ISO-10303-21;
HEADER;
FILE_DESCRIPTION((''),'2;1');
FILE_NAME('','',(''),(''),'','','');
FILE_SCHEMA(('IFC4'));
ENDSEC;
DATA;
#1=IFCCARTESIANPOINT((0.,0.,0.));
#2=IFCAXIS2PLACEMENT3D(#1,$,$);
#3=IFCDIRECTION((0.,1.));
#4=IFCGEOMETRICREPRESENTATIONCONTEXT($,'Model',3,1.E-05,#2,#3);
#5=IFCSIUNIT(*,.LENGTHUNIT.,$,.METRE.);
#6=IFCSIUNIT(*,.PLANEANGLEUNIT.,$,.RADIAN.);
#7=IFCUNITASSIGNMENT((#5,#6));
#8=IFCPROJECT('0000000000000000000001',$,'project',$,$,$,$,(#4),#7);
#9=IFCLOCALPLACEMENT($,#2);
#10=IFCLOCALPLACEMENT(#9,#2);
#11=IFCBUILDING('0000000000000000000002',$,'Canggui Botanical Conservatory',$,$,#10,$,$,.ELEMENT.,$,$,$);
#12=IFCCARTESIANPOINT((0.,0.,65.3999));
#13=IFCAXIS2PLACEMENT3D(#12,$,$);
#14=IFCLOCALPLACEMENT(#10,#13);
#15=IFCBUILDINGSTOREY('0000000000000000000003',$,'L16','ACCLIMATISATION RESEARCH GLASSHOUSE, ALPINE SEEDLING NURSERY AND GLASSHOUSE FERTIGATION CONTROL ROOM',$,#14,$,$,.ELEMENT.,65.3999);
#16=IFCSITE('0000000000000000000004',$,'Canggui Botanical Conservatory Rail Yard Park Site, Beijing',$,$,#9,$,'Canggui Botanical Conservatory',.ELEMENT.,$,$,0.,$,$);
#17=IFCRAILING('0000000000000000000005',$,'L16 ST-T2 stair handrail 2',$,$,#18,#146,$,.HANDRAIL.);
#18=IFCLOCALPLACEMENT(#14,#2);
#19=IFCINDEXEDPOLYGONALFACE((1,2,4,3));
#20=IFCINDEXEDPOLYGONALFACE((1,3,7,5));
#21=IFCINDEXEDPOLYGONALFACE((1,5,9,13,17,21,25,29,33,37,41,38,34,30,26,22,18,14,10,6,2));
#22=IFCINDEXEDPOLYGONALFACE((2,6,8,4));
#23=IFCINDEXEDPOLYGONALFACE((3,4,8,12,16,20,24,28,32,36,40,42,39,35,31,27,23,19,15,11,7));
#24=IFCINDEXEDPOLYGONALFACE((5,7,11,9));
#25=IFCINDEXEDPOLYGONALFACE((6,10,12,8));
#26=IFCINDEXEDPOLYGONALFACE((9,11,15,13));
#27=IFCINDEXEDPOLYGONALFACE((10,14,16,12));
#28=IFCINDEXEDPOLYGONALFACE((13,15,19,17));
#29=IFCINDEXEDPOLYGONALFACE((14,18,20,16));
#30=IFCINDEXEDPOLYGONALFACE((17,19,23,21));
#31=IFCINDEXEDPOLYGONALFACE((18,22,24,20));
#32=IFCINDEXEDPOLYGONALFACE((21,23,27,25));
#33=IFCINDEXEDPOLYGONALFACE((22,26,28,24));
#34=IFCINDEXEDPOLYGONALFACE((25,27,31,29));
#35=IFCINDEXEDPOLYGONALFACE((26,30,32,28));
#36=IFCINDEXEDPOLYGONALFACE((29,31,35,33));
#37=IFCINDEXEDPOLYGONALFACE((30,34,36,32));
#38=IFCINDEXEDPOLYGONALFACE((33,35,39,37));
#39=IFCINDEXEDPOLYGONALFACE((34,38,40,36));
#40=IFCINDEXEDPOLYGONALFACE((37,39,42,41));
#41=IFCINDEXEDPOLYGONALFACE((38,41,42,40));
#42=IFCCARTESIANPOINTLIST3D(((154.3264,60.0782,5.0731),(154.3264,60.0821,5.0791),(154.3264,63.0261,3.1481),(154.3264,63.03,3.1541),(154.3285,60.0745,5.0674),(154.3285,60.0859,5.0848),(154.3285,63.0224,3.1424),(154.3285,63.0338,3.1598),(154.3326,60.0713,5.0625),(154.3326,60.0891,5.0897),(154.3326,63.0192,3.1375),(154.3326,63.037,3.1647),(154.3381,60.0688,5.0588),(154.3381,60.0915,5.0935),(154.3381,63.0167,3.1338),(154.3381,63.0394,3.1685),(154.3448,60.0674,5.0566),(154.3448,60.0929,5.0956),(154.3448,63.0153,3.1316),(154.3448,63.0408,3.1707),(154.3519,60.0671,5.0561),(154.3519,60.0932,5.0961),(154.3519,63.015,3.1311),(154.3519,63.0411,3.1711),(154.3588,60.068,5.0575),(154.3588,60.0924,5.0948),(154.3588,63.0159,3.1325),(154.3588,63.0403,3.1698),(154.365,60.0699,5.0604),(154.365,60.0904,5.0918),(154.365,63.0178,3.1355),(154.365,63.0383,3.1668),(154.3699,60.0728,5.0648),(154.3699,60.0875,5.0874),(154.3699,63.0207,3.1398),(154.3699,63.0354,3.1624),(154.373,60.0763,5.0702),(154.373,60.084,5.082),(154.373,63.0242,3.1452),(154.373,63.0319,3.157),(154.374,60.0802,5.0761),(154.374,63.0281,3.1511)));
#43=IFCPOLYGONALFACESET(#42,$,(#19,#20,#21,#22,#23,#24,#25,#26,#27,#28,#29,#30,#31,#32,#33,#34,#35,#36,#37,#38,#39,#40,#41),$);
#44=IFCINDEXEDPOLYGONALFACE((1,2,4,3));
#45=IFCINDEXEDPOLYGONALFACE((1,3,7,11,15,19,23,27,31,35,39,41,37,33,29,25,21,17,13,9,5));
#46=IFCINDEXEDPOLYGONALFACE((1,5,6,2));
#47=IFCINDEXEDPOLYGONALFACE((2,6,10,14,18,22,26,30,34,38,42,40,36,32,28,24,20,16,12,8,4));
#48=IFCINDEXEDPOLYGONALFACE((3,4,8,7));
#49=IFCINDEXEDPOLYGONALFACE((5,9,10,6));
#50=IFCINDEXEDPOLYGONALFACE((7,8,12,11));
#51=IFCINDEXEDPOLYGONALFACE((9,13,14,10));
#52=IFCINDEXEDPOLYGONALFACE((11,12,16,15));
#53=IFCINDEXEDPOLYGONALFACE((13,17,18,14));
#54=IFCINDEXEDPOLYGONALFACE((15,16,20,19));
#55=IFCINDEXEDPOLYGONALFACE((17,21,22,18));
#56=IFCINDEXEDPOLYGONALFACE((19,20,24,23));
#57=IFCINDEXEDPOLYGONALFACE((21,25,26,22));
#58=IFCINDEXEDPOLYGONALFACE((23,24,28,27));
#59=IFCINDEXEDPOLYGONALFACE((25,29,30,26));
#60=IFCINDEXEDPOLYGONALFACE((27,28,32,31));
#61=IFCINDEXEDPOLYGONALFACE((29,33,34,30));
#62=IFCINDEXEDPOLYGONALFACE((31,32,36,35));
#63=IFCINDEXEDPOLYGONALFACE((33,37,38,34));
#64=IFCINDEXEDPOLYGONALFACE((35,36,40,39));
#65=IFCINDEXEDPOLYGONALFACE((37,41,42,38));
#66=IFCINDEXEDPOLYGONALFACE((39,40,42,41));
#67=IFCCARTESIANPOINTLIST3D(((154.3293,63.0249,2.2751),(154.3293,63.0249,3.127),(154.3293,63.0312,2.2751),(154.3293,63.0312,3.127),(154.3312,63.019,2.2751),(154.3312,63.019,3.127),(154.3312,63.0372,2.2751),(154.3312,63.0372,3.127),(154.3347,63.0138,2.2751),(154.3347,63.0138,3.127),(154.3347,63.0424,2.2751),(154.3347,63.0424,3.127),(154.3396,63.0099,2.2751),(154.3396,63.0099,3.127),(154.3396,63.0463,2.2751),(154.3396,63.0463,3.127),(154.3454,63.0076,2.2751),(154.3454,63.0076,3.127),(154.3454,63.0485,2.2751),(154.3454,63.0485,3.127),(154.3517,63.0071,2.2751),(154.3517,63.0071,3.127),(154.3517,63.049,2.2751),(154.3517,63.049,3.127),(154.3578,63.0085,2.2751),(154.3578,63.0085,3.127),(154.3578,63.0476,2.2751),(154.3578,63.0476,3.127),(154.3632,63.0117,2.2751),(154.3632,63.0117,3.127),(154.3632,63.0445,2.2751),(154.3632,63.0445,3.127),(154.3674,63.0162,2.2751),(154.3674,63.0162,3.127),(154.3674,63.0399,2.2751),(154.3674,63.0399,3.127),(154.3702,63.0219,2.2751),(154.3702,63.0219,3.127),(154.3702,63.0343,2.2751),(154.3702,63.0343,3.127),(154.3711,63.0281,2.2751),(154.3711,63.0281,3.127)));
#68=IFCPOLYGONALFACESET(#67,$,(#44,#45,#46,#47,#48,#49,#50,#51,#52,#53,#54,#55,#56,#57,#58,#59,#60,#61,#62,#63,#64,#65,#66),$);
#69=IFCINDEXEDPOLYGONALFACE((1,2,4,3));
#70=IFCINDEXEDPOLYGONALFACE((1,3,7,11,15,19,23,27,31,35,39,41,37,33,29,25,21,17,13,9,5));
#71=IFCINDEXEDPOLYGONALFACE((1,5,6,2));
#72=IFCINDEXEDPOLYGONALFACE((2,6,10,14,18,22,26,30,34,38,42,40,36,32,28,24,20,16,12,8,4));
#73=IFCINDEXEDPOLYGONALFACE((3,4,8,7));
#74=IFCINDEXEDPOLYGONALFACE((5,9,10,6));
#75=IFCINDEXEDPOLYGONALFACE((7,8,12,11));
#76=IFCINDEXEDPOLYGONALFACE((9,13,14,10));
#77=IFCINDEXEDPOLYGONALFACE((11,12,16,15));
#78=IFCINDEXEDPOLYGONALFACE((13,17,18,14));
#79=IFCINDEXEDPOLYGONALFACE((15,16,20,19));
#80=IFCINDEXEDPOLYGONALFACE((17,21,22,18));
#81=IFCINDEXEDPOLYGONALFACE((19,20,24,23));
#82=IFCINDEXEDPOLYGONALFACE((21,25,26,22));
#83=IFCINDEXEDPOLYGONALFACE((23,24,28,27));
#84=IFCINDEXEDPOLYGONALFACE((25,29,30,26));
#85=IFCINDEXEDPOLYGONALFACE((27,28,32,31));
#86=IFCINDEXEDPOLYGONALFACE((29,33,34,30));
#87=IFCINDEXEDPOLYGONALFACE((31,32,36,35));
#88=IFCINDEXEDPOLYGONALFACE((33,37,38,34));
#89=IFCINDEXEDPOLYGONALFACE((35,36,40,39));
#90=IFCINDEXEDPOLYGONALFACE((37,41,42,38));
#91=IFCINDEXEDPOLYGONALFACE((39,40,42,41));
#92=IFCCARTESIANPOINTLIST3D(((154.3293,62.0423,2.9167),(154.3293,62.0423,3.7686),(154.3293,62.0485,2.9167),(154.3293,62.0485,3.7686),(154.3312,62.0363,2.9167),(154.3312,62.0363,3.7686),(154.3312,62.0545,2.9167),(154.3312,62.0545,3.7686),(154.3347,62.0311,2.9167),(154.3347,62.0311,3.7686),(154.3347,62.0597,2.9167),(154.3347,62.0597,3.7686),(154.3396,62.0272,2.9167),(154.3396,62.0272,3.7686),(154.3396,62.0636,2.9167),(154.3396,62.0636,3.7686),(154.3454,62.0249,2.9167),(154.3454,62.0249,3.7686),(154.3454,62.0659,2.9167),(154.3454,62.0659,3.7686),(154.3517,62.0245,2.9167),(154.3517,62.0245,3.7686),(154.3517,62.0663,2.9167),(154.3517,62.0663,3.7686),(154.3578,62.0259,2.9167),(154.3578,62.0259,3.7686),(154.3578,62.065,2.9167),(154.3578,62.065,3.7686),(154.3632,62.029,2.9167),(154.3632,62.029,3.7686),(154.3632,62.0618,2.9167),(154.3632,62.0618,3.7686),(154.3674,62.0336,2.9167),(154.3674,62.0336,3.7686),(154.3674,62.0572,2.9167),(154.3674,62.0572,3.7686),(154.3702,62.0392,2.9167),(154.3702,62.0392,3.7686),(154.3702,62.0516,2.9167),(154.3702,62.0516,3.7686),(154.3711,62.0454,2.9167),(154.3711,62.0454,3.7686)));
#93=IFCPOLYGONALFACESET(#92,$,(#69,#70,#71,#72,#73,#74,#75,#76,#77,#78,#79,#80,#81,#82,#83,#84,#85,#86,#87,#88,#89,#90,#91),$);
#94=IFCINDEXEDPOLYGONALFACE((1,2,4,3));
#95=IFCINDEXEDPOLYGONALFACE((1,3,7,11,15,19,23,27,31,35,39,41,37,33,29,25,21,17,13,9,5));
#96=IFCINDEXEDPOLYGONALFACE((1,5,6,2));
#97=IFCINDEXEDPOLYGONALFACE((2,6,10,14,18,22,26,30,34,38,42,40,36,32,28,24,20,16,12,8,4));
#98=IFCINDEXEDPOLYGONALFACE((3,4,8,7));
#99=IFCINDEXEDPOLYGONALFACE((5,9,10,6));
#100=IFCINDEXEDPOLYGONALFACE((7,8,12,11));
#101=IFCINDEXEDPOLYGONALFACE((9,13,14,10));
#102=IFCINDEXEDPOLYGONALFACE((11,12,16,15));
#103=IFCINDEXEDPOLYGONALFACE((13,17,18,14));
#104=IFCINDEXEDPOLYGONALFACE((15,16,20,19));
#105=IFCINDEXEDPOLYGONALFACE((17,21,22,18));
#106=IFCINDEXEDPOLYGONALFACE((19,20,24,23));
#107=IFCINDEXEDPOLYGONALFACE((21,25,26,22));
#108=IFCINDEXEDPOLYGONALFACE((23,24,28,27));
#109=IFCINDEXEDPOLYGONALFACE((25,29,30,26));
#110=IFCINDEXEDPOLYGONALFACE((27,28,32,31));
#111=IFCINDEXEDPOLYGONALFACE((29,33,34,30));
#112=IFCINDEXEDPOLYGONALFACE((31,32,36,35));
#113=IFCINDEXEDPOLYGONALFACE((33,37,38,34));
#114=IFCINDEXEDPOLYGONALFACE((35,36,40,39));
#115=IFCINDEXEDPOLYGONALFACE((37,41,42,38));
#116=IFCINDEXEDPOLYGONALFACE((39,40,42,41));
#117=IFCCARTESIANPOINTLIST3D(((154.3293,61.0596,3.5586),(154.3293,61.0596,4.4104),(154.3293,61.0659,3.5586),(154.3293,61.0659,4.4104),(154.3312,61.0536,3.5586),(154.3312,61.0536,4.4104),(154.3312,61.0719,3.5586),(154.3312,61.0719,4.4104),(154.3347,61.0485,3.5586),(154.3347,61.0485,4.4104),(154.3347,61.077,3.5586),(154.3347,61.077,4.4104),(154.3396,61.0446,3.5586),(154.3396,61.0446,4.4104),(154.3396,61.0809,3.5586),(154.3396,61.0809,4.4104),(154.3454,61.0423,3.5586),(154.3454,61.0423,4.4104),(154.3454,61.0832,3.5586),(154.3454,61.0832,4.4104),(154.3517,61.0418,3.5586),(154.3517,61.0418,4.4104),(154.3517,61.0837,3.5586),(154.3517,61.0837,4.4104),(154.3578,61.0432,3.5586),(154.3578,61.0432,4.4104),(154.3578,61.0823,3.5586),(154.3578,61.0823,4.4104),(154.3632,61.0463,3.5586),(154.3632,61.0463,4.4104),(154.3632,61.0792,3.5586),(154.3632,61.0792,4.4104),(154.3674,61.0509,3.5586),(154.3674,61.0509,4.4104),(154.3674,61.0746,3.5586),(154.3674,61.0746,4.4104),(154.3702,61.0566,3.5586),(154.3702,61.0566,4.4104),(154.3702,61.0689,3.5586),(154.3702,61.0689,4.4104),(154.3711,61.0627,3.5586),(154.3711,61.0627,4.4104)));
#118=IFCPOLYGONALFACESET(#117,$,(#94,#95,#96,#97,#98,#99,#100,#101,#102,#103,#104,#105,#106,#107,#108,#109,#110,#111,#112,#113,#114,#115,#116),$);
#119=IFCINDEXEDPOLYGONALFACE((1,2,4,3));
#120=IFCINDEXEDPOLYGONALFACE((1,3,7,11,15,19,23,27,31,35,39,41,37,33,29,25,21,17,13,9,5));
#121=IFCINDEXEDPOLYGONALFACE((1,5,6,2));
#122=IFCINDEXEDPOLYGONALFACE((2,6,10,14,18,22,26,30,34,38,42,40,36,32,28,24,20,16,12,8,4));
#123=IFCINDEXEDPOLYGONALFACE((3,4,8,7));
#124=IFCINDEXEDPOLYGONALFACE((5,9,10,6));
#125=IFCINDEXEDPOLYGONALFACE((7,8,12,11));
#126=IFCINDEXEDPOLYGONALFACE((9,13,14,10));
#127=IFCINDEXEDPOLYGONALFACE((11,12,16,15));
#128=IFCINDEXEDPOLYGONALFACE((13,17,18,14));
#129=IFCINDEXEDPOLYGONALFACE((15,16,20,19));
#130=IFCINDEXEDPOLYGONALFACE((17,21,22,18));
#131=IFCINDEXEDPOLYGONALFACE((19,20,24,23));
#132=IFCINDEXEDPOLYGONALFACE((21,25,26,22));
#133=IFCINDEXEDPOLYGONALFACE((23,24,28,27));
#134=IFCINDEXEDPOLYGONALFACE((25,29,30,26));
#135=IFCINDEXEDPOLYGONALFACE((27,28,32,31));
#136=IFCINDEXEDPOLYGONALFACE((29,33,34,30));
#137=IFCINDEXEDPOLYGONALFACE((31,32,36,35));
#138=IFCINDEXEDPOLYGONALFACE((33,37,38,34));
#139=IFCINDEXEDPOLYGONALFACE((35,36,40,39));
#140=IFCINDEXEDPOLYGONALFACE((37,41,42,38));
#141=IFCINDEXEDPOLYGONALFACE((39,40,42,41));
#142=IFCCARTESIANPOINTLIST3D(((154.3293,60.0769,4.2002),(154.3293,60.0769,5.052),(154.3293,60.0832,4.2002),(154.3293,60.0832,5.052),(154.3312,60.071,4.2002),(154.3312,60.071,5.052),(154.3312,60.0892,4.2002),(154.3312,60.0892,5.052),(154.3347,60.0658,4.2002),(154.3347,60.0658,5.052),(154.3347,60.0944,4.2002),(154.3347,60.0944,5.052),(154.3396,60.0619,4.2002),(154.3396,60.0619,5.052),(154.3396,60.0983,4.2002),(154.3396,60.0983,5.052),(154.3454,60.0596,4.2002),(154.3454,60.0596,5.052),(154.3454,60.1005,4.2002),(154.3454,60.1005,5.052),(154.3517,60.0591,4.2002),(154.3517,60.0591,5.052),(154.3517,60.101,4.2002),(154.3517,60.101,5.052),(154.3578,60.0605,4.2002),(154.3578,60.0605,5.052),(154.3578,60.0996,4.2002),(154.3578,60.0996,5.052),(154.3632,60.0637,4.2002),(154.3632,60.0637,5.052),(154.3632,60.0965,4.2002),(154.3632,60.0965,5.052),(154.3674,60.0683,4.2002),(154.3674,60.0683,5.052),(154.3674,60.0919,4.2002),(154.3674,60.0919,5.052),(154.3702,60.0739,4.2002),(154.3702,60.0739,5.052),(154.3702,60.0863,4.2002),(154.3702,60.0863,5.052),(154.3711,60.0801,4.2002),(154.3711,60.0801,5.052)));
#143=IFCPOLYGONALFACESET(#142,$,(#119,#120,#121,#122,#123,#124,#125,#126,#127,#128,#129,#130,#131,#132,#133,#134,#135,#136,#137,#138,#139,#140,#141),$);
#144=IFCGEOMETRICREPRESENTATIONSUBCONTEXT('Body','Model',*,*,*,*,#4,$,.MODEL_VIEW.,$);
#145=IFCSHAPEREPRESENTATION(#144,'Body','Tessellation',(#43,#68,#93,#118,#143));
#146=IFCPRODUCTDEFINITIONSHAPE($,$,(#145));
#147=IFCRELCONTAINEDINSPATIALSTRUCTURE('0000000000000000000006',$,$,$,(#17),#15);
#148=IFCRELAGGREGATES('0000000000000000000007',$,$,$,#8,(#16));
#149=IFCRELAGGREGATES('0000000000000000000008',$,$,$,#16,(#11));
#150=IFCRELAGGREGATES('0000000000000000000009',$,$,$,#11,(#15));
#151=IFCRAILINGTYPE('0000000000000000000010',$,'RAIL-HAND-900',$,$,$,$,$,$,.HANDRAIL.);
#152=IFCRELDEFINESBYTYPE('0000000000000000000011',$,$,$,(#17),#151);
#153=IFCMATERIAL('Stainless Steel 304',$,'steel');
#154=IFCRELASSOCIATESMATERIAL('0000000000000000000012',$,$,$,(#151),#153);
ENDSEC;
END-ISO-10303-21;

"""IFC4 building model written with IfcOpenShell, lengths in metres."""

from ifc_helpers import new_model, si_unit, direction, frame, origin, origin_2d, place, context, subcontext, project, spatial, circle, extrude, material, type_object, element, save


model = new_model("IFC4")

# Units and contexts
model_context = context("Model", 3, precision=1e-05, world=origin(), true_north=direction((0.0, 1.0)))
body_context = subcontext(model_context, "Body", "Model", "MODEL_VIEW")
ifc_project = project(units=[si_unit("LENGTHUNIT", "METRE"), si_unit("PLANEANGLEUNIT", "RADIAN")], contexts=[model_context])

# Site, building, storey
site_placement = place(None, origin())
site = spatial("IfcSite", under=ifc_project, at=site_placement, Name="Canggui Botanical Conservatory Rail Yard Park Site, Beijing", LongName="Canggui Botanical Conservatory", CompositionType="ELEMENT", RefElevation=0.0)
building_placement = place(site_placement, origin())
building = spatial("IfcBuilding", under=site, at=building_placement, Name="Canggui Botanical Conservatory", CompositionType="ELEMENT")
storey_placement = place(building_placement, frame((0.0, 0.0, 65.3999)))
storey = spatial("IfcBuildingStorey", under=building, at=storey_placement, Name="L16", Description="ACCLIMATISATION RESEARCH GLASSHOUSE, ALPINE SEEDLING NURSERY AND GLASSHOUSE FERTIGATION CONTROL ROOM", CompositionType="ELEMENT", Elevation=65.3999)

# Shared definitions
ifc_material_1 = material(Name="Stainless Steel 304", Category="steel")

# Railing
railing_type = type_object("IfcRailingType", Name="RAIL-HAND-900", PredefinedType="HANDRAIL", material=ifc_material_1)
railing_placement = place(storey_placement, frame((154.3501, 63.0281, 2.2751)))
element("IfcRailing", 1, at=railing_placement, inside=storey, type_object=railing_type, Name="L16 ST-T2 stair handrail 2", PredefinedType="HANDRAIL", context=body_context, shape_type="SweptSolid", body=[
    extrude(circle(Radius=0.0239, at=origin_2d()), frame((0.0, 0.0, 0.876), z_axis=(0.0, -0.837293, 0.546754), x_axis=(1.0, 0.0, 0.0)), (0.0, 0.0, 1.0), 3.5208),
    extrude(circle(Radius=0.021, at=origin_2d()), origin(), (0.0, 0.0, 1.0), 0.8518),
    extrude(circle(Radius=0.021, at=origin_2d()), frame((0.0, -0.9827, 0.6416)), (0.0, 0.0, 1.0), 0.8518),
    extrude(circle(Radius=0.021, at=origin_2d()), frame((0.0, -1.9653, 1.2834)), (0.0, 0.0, 1.0), 0.8518),
    extrude(circle(Radius=0.021, at=origin_2d()), frame((0.0, -2.948, 1.925)), (0.0, 0.0, 1.0), 0.8518),
])

save(model, "model.ifc")
